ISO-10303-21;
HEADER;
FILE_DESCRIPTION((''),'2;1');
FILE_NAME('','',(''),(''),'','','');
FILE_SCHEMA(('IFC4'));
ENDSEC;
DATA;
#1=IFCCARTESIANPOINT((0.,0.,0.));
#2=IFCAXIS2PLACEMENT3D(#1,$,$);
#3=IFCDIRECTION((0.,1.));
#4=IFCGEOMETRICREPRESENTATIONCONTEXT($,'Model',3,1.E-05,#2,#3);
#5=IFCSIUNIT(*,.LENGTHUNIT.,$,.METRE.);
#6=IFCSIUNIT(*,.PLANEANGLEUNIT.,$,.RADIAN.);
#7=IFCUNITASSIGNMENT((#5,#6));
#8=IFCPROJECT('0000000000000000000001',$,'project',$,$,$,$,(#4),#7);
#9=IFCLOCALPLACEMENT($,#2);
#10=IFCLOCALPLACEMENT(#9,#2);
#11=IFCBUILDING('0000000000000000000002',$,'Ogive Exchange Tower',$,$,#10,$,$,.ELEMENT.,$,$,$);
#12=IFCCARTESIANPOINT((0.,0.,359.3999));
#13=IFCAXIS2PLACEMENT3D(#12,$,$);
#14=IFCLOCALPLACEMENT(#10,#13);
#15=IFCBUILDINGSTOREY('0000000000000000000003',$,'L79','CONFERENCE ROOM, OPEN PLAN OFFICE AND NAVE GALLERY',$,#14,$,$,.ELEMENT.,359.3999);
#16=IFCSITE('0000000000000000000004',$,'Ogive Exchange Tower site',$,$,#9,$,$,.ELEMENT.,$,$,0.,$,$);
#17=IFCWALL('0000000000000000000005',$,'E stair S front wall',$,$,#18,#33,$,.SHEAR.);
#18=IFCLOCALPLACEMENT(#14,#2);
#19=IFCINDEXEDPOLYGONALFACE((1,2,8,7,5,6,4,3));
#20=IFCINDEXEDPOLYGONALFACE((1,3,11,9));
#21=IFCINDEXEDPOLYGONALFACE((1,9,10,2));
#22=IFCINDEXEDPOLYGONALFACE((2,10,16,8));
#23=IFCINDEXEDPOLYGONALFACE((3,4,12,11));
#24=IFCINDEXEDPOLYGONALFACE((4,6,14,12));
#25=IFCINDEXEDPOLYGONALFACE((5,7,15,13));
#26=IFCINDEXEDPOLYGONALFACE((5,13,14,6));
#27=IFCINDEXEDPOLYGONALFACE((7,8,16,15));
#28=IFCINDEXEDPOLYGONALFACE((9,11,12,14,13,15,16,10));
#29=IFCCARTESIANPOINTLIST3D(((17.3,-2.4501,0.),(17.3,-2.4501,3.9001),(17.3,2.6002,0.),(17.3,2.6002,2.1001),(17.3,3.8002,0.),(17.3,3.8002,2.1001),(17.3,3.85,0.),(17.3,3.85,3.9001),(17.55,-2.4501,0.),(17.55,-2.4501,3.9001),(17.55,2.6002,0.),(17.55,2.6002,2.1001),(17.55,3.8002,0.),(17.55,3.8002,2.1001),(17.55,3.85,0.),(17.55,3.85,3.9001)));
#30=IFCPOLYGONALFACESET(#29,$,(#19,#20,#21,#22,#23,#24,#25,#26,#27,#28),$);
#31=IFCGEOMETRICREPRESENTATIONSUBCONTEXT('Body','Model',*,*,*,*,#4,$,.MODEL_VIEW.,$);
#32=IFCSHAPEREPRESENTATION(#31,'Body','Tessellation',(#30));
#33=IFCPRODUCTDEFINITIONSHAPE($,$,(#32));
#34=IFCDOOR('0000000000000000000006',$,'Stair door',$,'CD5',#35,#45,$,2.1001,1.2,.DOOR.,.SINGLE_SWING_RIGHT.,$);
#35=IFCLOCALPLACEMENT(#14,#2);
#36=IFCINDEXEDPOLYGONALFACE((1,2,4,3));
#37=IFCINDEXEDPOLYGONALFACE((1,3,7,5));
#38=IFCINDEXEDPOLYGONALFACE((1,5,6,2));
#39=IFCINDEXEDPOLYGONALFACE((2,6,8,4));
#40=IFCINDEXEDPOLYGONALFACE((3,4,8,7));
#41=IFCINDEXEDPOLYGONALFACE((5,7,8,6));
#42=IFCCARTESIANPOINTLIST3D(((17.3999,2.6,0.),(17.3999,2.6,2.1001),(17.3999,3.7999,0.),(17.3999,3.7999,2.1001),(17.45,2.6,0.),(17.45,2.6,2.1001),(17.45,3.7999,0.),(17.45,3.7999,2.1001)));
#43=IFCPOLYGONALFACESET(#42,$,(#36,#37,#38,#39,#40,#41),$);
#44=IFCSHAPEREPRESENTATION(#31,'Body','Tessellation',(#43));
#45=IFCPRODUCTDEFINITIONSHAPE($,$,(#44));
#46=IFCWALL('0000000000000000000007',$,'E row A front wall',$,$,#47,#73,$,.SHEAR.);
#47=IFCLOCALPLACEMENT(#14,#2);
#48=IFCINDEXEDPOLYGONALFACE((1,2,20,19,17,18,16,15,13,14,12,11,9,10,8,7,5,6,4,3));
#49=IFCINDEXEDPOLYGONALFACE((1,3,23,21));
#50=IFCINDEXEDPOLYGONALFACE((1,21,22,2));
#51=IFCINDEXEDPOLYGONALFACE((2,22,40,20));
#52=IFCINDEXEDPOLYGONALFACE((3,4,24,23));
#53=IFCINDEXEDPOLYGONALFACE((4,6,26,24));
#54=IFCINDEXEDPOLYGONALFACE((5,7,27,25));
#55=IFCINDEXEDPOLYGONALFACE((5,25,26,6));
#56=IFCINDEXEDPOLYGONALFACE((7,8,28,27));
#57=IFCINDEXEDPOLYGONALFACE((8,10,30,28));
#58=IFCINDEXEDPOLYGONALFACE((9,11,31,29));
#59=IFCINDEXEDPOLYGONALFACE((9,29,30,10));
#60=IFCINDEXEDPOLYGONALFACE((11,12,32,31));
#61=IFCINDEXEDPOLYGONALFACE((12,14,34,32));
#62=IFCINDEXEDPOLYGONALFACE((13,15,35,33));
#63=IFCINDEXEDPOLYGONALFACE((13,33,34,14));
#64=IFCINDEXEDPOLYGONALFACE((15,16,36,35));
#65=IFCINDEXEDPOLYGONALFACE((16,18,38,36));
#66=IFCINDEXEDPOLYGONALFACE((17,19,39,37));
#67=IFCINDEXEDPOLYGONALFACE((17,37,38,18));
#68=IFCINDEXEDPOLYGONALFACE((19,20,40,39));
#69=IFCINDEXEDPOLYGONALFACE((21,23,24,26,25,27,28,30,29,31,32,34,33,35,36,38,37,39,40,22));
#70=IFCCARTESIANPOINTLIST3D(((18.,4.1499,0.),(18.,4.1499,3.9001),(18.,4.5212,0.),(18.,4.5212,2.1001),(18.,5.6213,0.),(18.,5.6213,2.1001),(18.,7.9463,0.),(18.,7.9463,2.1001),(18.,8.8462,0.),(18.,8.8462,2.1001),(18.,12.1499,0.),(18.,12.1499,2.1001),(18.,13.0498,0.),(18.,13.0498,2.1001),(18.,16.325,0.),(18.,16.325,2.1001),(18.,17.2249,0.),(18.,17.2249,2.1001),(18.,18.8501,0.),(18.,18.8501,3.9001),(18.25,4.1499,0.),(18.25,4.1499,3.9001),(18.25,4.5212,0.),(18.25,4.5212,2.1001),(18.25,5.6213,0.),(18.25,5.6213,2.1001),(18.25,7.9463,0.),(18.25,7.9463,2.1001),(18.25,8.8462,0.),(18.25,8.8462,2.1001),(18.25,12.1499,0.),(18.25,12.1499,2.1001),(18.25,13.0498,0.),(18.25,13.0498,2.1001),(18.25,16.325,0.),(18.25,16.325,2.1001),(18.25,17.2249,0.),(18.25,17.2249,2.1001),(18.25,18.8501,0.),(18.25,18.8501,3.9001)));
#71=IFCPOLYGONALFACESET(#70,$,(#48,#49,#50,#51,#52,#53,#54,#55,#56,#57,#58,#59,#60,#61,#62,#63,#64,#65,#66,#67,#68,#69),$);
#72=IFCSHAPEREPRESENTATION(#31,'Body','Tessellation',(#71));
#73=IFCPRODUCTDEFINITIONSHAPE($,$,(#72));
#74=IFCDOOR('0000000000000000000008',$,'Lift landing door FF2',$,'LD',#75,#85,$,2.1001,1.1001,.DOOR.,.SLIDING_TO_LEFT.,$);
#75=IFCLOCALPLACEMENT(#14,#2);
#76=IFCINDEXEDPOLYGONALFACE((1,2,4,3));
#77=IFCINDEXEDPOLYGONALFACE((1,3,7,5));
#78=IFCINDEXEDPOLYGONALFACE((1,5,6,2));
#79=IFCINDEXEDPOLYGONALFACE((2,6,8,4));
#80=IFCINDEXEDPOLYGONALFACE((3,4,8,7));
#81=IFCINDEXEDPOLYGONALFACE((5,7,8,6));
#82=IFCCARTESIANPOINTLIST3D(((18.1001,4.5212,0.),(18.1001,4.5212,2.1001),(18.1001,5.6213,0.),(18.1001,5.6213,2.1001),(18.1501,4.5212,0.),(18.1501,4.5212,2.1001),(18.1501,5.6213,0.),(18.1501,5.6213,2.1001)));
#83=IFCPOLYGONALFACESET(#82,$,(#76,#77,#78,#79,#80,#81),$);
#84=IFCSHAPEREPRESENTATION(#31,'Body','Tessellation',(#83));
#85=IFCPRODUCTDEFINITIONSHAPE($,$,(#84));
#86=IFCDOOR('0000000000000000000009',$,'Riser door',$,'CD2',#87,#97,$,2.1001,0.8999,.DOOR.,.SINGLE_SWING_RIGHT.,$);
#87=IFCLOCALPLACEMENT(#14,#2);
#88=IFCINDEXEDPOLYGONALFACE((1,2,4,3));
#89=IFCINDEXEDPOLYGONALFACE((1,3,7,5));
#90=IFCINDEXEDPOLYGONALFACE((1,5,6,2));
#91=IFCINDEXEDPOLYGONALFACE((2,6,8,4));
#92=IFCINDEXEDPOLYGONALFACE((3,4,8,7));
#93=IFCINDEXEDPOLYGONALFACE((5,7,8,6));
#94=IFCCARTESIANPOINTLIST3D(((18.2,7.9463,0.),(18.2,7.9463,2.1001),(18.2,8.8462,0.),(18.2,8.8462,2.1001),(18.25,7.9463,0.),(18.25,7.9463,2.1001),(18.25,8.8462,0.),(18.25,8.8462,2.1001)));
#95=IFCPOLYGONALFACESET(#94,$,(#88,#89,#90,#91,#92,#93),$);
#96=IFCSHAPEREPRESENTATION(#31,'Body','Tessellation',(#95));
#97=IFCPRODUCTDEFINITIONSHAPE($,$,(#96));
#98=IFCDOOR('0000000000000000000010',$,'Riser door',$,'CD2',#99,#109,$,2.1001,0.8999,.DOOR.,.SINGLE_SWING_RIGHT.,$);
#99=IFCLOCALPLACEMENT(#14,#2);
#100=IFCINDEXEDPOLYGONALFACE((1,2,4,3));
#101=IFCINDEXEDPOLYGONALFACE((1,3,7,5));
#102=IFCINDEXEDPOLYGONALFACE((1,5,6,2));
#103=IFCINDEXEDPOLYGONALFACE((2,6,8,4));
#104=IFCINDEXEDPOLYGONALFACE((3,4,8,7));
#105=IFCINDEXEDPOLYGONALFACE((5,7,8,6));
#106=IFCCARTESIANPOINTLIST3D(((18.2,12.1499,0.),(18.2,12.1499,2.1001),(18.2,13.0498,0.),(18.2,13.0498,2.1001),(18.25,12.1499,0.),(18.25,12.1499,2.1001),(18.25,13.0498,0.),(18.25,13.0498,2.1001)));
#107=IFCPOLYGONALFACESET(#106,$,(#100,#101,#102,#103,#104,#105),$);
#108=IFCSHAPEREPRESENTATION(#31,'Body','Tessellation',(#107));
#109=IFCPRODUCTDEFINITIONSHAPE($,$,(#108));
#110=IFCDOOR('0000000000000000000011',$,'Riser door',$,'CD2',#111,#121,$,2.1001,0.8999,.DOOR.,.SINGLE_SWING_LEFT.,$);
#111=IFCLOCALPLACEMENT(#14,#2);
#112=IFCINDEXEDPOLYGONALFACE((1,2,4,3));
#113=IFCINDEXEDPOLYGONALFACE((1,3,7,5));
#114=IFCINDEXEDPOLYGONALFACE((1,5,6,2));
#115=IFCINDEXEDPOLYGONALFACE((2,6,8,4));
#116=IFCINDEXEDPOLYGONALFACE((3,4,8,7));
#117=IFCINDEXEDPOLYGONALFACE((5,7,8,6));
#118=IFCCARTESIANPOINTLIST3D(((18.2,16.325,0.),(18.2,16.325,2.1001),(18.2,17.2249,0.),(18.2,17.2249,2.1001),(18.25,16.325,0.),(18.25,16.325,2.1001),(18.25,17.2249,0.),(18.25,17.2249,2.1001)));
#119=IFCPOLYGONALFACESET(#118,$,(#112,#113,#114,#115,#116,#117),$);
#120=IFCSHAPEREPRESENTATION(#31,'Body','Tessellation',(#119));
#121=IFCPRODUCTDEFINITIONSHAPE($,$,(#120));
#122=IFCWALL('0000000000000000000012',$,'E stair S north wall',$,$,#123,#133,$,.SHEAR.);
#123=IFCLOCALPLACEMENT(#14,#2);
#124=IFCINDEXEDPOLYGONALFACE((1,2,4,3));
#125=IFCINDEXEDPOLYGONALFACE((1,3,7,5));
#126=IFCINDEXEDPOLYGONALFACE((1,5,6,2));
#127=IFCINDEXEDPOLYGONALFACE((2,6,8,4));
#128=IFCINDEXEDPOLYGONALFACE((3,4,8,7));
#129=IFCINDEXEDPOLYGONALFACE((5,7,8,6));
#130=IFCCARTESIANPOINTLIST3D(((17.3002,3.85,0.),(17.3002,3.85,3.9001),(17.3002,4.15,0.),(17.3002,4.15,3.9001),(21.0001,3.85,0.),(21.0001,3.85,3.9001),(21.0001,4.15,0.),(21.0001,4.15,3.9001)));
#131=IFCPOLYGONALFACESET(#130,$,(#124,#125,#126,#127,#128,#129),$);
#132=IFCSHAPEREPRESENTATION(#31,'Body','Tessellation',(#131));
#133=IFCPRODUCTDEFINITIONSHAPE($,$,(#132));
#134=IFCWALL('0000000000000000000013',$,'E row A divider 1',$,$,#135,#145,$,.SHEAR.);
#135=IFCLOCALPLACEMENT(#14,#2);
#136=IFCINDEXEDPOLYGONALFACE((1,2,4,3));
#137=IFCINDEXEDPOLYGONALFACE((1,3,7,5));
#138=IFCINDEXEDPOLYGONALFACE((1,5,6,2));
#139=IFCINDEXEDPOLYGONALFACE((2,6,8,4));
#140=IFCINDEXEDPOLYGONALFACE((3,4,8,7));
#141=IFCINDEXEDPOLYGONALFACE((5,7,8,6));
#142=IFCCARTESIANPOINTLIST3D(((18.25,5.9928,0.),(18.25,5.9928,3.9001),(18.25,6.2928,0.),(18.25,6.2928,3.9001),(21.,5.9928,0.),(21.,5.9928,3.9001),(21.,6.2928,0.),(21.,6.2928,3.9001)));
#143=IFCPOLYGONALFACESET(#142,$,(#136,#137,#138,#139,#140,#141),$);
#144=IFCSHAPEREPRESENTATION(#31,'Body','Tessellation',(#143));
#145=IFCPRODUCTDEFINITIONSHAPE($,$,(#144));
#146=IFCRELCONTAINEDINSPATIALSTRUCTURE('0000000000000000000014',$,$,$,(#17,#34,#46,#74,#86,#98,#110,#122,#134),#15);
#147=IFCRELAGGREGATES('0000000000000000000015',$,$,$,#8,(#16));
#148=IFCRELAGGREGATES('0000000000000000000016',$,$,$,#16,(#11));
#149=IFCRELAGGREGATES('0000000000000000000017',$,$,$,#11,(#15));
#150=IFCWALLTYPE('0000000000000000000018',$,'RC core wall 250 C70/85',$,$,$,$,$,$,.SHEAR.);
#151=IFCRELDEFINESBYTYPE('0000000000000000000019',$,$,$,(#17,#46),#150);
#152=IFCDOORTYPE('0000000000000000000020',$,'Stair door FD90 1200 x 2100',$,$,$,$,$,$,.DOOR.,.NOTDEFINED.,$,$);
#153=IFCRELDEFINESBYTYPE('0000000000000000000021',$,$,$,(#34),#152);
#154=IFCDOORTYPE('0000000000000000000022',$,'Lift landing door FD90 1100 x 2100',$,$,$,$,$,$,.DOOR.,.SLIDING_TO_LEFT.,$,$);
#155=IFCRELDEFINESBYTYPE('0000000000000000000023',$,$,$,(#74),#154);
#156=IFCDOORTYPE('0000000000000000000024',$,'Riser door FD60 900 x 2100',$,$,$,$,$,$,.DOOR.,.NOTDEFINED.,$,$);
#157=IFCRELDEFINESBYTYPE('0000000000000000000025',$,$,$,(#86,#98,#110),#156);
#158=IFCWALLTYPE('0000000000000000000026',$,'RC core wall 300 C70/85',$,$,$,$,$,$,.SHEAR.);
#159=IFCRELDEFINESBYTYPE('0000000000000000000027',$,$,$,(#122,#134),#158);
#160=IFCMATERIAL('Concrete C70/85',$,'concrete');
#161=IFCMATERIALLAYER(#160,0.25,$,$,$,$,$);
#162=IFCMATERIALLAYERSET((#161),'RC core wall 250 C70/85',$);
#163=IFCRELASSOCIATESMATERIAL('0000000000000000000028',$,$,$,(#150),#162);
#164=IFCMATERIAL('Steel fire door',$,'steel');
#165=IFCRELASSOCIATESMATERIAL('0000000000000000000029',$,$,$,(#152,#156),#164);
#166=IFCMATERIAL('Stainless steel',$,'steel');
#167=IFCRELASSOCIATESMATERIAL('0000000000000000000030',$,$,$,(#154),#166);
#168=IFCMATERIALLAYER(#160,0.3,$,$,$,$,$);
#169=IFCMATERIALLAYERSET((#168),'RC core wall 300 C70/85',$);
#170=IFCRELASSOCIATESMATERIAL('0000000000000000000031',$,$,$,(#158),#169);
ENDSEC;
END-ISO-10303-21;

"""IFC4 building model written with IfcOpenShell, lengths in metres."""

from ifc_helpers import new_model, si_unit, direction, frame, frame_2d, origin, place, context, subcontext, project, spatial, rectangle, extrude, material, layer, layer_set, type_object, element, fill, save


model = new_model("IFC4")

# Units and contexts
model_context = context("Model", 3, precision=1e-05, world=origin(), true_north=direction((0.0, 1.0)))
body_context = subcontext(model_context, "Body", "Model", "MODEL_VIEW")
ifc_project = project(units=[si_unit("LENGTHUNIT", "METRE"), si_unit("PLANEANGLEUNIT", "RADIAN")], contexts=[model_context])

# Site, building, storey
site_placement = place(None, origin())
site = spatial("IfcSite", under=ifc_project, at=site_placement, Name="Ogive Exchange Tower site", CompositionType="ELEMENT", RefElevation=0.0)
building_placement = place(site_placement, origin())
building = spatial("IfcBuilding", under=site, at=building_placement, Name="Ogive Exchange Tower", CompositionType="ELEMENT")
storey_placement = place(building_placement, frame((0.0, 0.0, 359.3999)))
storey = spatial("IfcBuildingStorey", under=building, at=storey_placement, Name="L79", Description="CONFERENCE ROOM, OPEN PLAN OFFICE AND NAVE GALLERY", CompositionType="ELEMENT", Elevation=359.3999)

# Wall, opening, door
ifc_material_1 = material(Name="Concrete C70/85", Category="concrete")
ifc_layer_1 = layer(ifc_material_1, 0.25)
ifc_layer_set_1 = layer_set([ifc_layer_1], Name="RC core wall 250 C70/85")
wall_type_1 = type_object("IfcWallType", Name="RC core wall 250 C70/85", PredefinedType="SHEAR", material=ifc_layer_set_1)
wall_1_placement = place(storey_placement, frame((17.425, -2.45, 0.0), z_axis=(0.0, 0.0, 1.0), x_axis=(0.0, 1.0, 0.0)))
wall_1 = element("IfcWall", 1, at=wall_1_placement, inside=storey, type_object=wall_type_1, Name="E stair S front wall", PredefinedType="SHEAR", context=body_context, shape_type="SweptSolid", body=[
    extrude(rectangle(XDim=6.3, YDim=0.25, at=frame_2d((3.1499, 0.0))), origin(), (0.0, 0.0, 1.0), 3.9001),
])
opening_1_placement = place(wall_1_placement, frame((5.05, 0.0, 0.0)))
opening_1 = element("IfcOpeningElement", 2, at=opening_1_placement, cuts=wall_1, PredefinedType="OPENING", context=body_context, shape_type="SweptSolid", body=[
    extrude(rectangle(XDim=1.2, YDim=2.1001, at=frame_2d((0.6001, 1.05))), frame((0.0, 0.135, 0.0), z_axis=(0.0, -1.0, 0.0), x_axis=(1.0, 0.0, 0.0)), (0.0, 0.0, 1.0), 0.27),
])
ifc_material_2 = material(Name="Steel fire door", Category="steel")
door_type_1 = type_object("IfcDoorType", Name="Stair door FD90 1200 x 2100", OperationType="NOTDEFINED", PredefinedType="DOOR", material=ifc_material_2)
door_1_placement = place(opening_1_placement, frame((1.2, 0.0, 0.0), z_axis=(0.0, 0.0, 1.0), x_axis=(-1.0, 0.0, 0.0)))
door_1 = element("IfcDoor", 3, at=door_1_placement, inside=storey, type_object=door_type_1, Name="Stair door", ObjectType="CD5", OperationType="SINGLE_SWING_RIGHT", OverallHeight=2.1001, OverallWidth=1.2, PredefinedType="DOOR", context=body_context, shape_type="SweptSolid", body=[
    extrude(rectangle(XDim=1.2, YDim=2.1001, at=frame_2d((0.6001, 1.05))), frame((0.0, 0.0249, 0.0), z_axis=(0.0, -1.0, 0.0), x_axis=(1.0, 0.0, 0.0)), (0.0, 0.0, 1.0), 0.05),
])
fill(opening_1, door_1)

# Wall, openings, doors
wall_2_placement = place(storey_placement, frame((18.125, 4.1499, 0.0), z_axis=(0.0, 0.0, 1.0), x_axis=(0.0, 1.0, 0.0)))
wall_2 = element("IfcWall", 4, at=wall_2_placement, inside=storey, type_object=wall_type_1, Name="E row A front wall", PredefinedType="SHEAR", context=body_context, shape_type="SweptSolid", body=[
    extrude(rectangle(XDim=14.7002, YDim=0.25, at=frame_2d((7.3501, 0.0))), origin(), (0.0, 0.0, 1.0), 3.9001),
])
opening_2_placement = place(wall_2_placement, frame((3.7964, 0.0, 0.0)))
opening_2 = element("IfcOpeningElement", 5, at=opening_2_placement, cuts=wall_2, PredefinedType="OPENING", context=body_context, shape_type="SweptSolid", body=[
    extrude(rectangle(XDim=0.8999, YDim=2.1001, at=frame_2d((0.45, 1.05))), frame((0.0, 0.135, 0.0), z_axis=(0.0, -1.0, 0.0), x_axis=(1.0, 0.0, 0.0)), (0.0, 0.0, 1.0), 0.27),
])
opening_3_placement = place(wall_2_placement, frame((8.0, 0.0, 0.0)))
opening_3 = element("IfcOpeningElement", 6, at=opening_3_placement, cuts=wall_2, PredefinedType="OPENING", context=body_context, shape_type="SweptSolid", body=[
    extrude(rectangle(XDim=0.8999, YDim=2.1001, at=frame_2d((0.45, 1.05))), frame((0.0, 0.135, 0.0), z_axis=(0.0, -1.0, 0.0), x_axis=(1.0, 0.0, 0.0)), (0.0, 0.0, 1.0), 0.27),
])
opening_4_placement = place(wall_2_placement, frame((12.175, 0.0, 0.0)))
opening_4 = element("IfcOpeningElement", 7, at=opening_4_placement, cuts=wall_2, PredefinedType="OPENING", context=body_context, shape_type="SweptSolid", body=[
    extrude(rectangle(XDim=0.8999, YDim=2.1001, at=frame_2d((0.45, 1.05))), frame((0.0, 0.135, 0.0), z_axis=(0.0, -1.0, 0.0), x_axis=(1.0, 0.0, 0.0)), (0.0, 0.0, 1.0), 0.27),
])
opening_5_placement = place(wall_2_placement, frame((0.3713, 0.0, 0.0)))
opening_5 = element("IfcOpeningElement", 8, at=opening_5_placement, cuts=wall_2, PredefinedType="OPENING", context=body_context, shape_type="SweptSolid", body=[
    extrude(rectangle(XDim=1.1001, YDim=2.1001, at=frame_2d((0.55, 1.05))), frame((0.0, 0.135, 0.0), z_axis=(0.0, -1.0, 0.0), x_axis=(1.0, 0.0, 0.0)), (0.0, 0.0, 1.0), 0.27),
])
ifc_material_3 = material(Name="Stainless steel", Category="steel")
door_type_2 = type_object("IfcDoorType", Name="Lift landing door FD90 1100 x 2100", OperationType="SLIDING_TO_LEFT", PredefinedType="DOOR", material=ifc_material_3)
door_2_placement = place(opening_5_placement, origin())
door_2 = element("IfcDoor", 9, at=door_2_placement, inside=storey, type_object=door_type_2, Name="Lift landing door FF2", ObjectType="LD", OperationType="SLIDING_TO_LEFT", OverallHeight=2.1001, OverallWidth=1.1001, PredefinedType="DOOR", context=body_context, shape_type="SweptSolid", body=[
    extrude(rectangle(XDim=1.1001, YDim=2.1001, at=frame_2d((0.55, 1.05))), frame((0.0, 0.0249, 0.0), z_axis=(0.0, -1.0, 0.0), x_axis=(1.0, 0.0, 0.0)), (0.0, 0.0, 1.0), 0.05),
])
fill(opening_5, door_2)
door_type_3 = type_object("IfcDoorType", Name="Riser door FD60 900 x 2100", OperationType="NOTDEFINED", PredefinedType="DOOR", material=ifc_material_2)
door_3_placement = place(opening_2_placement, frame((0.8999, -0.2002, 0.0), z_axis=(0.0, 0.0, 1.0), x_axis=(-1.0, 0.0, 0.0)))
door_3 = element("IfcDoor", 10, at=door_3_placement, inside=storey, type_object=door_type_3, Name="Riser door", ObjectType="CD2", OperationType="SINGLE_SWING_RIGHT", OverallHeight=2.1001, OverallWidth=0.8999, PredefinedType="DOOR", context=body_context, shape_type="SweptSolid", body=[
    extrude(rectangle(XDim=0.8999, YDim=2.1001, at=frame_2d((0.45, 1.05))), frame((0.0, -0.0752, 0.0), z_axis=(0.0, -1.0, 0.0), x_axis=(1.0, 0.0, 0.0)), (0.0, 0.0, 1.0), 0.05),
])
fill(opening_2, door_3)
door_4_placement = place(opening_3_placement, frame((0.8999, -0.2002, 0.0), z_axis=(0.0, 0.0, 1.0), x_axis=(-1.0, 0.0, 0.0)))
door_4 = element("IfcDoor", 11, at=door_4_placement, inside=storey, type_object=door_type_3, Name="Riser door", ObjectType="CD2", OperationType="SINGLE_SWING_RIGHT", OverallHeight=2.1001, OverallWidth=0.8999, PredefinedType="DOOR", context=body_context, shape_type="SweptSolid", body=[
    extrude(rectangle(XDim=0.8999, YDim=2.1001, at=frame_2d((0.45, 1.05))), frame((0.0, -0.0752, 0.0), z_axis=(0.0, -1.0, 0.0), x_axis=(1.0, 0.0, 0.0)), (0.0, 0.0, 1.0), 0.05),
])
fill(opening_3, door_4)
door_5_placement = place(opening_4_placement, frame((0.8999, -0.2002, 0.0), z_axis=(0.0, 0.0, 1.0), x_axis=(-1.0, 0.0, 0.0)))
door_5 = element("IfcDoor", 12, at=door_5_placement, inside=storey, type_object=door_type_3, Name="Riser door", ObjectType="CD2", OperationType="SINGLE_SWING_LEFT", OverallHeight=2.1001, OverallWidth=0.8999, PredefinedType="DOOR", context=body_context, shape_type="SweptSolid", body=[
    extrude(rectangle(XDim=0.8999, YDim=2.1001, at=frame_2d((0.45, 1.05))), frame((0.0, -0.0752, 0.0), z_axis=(0.0, -1.0, 0.0), x_axis=(1.0, 0.0, 0.0)), (0.0, 0.0, 1.0), 0.05),
])
fill(opening_4, door_5)

# Walls
ifc_layer_2 = layer(ifc_material_1, 0.3)
ifc_layer_set_2 = layer_set([ifc_layer_2], Name="RC core wall 300 C70/85")
wall_type_2 = type_object("IfcWallType", Name="RC core wall 300 C70/85", PredefinedType="SHEAR", material=ifc_layer_set_2)
wall_3_placement = place(storey_placement, frame((17.3, 4.0, 0.0), z_axis=(0.0, 0.0, 1.0), x_axis=(1.0, 0.0, 0.0)))
element("IfcWall", 13, at=wall_3_placement, inside=storey, type_object=wall_type_2, Name="E stair S north wall", PredefinedType="SHEAR", context=body_context, shape_type="SweptSolid", body=[
    extrude(rectangle(XDim=3.7, YDim=0.3, at=frame_2d((1.8501, 0.0))), origin(), (0.0, 0.0, 1.0), 3.9001),
])
wall_4_placement = place(storey_placement, frame((18.25, 6.1428, 0.0), z_axis=(0.0, 0.0, 1.0), x_axis=(1.0, 0.0, 0.0)))
element("IfcWall", 14, at=wall_4_placement, inside=storey, type_object=wall_type_2, Name="E row A divider 1", PredefinedType="SHEAR", context=body_context, shape_type="SweptSolid", body=[
    extrude(rectangle(XDim=2.75, YDim=0.3, at=frame_2d((1.375, 0.0))), origin(), (0.0, 0.0, 1.0), 3.9001),
])

save(model, "model.ifc")
